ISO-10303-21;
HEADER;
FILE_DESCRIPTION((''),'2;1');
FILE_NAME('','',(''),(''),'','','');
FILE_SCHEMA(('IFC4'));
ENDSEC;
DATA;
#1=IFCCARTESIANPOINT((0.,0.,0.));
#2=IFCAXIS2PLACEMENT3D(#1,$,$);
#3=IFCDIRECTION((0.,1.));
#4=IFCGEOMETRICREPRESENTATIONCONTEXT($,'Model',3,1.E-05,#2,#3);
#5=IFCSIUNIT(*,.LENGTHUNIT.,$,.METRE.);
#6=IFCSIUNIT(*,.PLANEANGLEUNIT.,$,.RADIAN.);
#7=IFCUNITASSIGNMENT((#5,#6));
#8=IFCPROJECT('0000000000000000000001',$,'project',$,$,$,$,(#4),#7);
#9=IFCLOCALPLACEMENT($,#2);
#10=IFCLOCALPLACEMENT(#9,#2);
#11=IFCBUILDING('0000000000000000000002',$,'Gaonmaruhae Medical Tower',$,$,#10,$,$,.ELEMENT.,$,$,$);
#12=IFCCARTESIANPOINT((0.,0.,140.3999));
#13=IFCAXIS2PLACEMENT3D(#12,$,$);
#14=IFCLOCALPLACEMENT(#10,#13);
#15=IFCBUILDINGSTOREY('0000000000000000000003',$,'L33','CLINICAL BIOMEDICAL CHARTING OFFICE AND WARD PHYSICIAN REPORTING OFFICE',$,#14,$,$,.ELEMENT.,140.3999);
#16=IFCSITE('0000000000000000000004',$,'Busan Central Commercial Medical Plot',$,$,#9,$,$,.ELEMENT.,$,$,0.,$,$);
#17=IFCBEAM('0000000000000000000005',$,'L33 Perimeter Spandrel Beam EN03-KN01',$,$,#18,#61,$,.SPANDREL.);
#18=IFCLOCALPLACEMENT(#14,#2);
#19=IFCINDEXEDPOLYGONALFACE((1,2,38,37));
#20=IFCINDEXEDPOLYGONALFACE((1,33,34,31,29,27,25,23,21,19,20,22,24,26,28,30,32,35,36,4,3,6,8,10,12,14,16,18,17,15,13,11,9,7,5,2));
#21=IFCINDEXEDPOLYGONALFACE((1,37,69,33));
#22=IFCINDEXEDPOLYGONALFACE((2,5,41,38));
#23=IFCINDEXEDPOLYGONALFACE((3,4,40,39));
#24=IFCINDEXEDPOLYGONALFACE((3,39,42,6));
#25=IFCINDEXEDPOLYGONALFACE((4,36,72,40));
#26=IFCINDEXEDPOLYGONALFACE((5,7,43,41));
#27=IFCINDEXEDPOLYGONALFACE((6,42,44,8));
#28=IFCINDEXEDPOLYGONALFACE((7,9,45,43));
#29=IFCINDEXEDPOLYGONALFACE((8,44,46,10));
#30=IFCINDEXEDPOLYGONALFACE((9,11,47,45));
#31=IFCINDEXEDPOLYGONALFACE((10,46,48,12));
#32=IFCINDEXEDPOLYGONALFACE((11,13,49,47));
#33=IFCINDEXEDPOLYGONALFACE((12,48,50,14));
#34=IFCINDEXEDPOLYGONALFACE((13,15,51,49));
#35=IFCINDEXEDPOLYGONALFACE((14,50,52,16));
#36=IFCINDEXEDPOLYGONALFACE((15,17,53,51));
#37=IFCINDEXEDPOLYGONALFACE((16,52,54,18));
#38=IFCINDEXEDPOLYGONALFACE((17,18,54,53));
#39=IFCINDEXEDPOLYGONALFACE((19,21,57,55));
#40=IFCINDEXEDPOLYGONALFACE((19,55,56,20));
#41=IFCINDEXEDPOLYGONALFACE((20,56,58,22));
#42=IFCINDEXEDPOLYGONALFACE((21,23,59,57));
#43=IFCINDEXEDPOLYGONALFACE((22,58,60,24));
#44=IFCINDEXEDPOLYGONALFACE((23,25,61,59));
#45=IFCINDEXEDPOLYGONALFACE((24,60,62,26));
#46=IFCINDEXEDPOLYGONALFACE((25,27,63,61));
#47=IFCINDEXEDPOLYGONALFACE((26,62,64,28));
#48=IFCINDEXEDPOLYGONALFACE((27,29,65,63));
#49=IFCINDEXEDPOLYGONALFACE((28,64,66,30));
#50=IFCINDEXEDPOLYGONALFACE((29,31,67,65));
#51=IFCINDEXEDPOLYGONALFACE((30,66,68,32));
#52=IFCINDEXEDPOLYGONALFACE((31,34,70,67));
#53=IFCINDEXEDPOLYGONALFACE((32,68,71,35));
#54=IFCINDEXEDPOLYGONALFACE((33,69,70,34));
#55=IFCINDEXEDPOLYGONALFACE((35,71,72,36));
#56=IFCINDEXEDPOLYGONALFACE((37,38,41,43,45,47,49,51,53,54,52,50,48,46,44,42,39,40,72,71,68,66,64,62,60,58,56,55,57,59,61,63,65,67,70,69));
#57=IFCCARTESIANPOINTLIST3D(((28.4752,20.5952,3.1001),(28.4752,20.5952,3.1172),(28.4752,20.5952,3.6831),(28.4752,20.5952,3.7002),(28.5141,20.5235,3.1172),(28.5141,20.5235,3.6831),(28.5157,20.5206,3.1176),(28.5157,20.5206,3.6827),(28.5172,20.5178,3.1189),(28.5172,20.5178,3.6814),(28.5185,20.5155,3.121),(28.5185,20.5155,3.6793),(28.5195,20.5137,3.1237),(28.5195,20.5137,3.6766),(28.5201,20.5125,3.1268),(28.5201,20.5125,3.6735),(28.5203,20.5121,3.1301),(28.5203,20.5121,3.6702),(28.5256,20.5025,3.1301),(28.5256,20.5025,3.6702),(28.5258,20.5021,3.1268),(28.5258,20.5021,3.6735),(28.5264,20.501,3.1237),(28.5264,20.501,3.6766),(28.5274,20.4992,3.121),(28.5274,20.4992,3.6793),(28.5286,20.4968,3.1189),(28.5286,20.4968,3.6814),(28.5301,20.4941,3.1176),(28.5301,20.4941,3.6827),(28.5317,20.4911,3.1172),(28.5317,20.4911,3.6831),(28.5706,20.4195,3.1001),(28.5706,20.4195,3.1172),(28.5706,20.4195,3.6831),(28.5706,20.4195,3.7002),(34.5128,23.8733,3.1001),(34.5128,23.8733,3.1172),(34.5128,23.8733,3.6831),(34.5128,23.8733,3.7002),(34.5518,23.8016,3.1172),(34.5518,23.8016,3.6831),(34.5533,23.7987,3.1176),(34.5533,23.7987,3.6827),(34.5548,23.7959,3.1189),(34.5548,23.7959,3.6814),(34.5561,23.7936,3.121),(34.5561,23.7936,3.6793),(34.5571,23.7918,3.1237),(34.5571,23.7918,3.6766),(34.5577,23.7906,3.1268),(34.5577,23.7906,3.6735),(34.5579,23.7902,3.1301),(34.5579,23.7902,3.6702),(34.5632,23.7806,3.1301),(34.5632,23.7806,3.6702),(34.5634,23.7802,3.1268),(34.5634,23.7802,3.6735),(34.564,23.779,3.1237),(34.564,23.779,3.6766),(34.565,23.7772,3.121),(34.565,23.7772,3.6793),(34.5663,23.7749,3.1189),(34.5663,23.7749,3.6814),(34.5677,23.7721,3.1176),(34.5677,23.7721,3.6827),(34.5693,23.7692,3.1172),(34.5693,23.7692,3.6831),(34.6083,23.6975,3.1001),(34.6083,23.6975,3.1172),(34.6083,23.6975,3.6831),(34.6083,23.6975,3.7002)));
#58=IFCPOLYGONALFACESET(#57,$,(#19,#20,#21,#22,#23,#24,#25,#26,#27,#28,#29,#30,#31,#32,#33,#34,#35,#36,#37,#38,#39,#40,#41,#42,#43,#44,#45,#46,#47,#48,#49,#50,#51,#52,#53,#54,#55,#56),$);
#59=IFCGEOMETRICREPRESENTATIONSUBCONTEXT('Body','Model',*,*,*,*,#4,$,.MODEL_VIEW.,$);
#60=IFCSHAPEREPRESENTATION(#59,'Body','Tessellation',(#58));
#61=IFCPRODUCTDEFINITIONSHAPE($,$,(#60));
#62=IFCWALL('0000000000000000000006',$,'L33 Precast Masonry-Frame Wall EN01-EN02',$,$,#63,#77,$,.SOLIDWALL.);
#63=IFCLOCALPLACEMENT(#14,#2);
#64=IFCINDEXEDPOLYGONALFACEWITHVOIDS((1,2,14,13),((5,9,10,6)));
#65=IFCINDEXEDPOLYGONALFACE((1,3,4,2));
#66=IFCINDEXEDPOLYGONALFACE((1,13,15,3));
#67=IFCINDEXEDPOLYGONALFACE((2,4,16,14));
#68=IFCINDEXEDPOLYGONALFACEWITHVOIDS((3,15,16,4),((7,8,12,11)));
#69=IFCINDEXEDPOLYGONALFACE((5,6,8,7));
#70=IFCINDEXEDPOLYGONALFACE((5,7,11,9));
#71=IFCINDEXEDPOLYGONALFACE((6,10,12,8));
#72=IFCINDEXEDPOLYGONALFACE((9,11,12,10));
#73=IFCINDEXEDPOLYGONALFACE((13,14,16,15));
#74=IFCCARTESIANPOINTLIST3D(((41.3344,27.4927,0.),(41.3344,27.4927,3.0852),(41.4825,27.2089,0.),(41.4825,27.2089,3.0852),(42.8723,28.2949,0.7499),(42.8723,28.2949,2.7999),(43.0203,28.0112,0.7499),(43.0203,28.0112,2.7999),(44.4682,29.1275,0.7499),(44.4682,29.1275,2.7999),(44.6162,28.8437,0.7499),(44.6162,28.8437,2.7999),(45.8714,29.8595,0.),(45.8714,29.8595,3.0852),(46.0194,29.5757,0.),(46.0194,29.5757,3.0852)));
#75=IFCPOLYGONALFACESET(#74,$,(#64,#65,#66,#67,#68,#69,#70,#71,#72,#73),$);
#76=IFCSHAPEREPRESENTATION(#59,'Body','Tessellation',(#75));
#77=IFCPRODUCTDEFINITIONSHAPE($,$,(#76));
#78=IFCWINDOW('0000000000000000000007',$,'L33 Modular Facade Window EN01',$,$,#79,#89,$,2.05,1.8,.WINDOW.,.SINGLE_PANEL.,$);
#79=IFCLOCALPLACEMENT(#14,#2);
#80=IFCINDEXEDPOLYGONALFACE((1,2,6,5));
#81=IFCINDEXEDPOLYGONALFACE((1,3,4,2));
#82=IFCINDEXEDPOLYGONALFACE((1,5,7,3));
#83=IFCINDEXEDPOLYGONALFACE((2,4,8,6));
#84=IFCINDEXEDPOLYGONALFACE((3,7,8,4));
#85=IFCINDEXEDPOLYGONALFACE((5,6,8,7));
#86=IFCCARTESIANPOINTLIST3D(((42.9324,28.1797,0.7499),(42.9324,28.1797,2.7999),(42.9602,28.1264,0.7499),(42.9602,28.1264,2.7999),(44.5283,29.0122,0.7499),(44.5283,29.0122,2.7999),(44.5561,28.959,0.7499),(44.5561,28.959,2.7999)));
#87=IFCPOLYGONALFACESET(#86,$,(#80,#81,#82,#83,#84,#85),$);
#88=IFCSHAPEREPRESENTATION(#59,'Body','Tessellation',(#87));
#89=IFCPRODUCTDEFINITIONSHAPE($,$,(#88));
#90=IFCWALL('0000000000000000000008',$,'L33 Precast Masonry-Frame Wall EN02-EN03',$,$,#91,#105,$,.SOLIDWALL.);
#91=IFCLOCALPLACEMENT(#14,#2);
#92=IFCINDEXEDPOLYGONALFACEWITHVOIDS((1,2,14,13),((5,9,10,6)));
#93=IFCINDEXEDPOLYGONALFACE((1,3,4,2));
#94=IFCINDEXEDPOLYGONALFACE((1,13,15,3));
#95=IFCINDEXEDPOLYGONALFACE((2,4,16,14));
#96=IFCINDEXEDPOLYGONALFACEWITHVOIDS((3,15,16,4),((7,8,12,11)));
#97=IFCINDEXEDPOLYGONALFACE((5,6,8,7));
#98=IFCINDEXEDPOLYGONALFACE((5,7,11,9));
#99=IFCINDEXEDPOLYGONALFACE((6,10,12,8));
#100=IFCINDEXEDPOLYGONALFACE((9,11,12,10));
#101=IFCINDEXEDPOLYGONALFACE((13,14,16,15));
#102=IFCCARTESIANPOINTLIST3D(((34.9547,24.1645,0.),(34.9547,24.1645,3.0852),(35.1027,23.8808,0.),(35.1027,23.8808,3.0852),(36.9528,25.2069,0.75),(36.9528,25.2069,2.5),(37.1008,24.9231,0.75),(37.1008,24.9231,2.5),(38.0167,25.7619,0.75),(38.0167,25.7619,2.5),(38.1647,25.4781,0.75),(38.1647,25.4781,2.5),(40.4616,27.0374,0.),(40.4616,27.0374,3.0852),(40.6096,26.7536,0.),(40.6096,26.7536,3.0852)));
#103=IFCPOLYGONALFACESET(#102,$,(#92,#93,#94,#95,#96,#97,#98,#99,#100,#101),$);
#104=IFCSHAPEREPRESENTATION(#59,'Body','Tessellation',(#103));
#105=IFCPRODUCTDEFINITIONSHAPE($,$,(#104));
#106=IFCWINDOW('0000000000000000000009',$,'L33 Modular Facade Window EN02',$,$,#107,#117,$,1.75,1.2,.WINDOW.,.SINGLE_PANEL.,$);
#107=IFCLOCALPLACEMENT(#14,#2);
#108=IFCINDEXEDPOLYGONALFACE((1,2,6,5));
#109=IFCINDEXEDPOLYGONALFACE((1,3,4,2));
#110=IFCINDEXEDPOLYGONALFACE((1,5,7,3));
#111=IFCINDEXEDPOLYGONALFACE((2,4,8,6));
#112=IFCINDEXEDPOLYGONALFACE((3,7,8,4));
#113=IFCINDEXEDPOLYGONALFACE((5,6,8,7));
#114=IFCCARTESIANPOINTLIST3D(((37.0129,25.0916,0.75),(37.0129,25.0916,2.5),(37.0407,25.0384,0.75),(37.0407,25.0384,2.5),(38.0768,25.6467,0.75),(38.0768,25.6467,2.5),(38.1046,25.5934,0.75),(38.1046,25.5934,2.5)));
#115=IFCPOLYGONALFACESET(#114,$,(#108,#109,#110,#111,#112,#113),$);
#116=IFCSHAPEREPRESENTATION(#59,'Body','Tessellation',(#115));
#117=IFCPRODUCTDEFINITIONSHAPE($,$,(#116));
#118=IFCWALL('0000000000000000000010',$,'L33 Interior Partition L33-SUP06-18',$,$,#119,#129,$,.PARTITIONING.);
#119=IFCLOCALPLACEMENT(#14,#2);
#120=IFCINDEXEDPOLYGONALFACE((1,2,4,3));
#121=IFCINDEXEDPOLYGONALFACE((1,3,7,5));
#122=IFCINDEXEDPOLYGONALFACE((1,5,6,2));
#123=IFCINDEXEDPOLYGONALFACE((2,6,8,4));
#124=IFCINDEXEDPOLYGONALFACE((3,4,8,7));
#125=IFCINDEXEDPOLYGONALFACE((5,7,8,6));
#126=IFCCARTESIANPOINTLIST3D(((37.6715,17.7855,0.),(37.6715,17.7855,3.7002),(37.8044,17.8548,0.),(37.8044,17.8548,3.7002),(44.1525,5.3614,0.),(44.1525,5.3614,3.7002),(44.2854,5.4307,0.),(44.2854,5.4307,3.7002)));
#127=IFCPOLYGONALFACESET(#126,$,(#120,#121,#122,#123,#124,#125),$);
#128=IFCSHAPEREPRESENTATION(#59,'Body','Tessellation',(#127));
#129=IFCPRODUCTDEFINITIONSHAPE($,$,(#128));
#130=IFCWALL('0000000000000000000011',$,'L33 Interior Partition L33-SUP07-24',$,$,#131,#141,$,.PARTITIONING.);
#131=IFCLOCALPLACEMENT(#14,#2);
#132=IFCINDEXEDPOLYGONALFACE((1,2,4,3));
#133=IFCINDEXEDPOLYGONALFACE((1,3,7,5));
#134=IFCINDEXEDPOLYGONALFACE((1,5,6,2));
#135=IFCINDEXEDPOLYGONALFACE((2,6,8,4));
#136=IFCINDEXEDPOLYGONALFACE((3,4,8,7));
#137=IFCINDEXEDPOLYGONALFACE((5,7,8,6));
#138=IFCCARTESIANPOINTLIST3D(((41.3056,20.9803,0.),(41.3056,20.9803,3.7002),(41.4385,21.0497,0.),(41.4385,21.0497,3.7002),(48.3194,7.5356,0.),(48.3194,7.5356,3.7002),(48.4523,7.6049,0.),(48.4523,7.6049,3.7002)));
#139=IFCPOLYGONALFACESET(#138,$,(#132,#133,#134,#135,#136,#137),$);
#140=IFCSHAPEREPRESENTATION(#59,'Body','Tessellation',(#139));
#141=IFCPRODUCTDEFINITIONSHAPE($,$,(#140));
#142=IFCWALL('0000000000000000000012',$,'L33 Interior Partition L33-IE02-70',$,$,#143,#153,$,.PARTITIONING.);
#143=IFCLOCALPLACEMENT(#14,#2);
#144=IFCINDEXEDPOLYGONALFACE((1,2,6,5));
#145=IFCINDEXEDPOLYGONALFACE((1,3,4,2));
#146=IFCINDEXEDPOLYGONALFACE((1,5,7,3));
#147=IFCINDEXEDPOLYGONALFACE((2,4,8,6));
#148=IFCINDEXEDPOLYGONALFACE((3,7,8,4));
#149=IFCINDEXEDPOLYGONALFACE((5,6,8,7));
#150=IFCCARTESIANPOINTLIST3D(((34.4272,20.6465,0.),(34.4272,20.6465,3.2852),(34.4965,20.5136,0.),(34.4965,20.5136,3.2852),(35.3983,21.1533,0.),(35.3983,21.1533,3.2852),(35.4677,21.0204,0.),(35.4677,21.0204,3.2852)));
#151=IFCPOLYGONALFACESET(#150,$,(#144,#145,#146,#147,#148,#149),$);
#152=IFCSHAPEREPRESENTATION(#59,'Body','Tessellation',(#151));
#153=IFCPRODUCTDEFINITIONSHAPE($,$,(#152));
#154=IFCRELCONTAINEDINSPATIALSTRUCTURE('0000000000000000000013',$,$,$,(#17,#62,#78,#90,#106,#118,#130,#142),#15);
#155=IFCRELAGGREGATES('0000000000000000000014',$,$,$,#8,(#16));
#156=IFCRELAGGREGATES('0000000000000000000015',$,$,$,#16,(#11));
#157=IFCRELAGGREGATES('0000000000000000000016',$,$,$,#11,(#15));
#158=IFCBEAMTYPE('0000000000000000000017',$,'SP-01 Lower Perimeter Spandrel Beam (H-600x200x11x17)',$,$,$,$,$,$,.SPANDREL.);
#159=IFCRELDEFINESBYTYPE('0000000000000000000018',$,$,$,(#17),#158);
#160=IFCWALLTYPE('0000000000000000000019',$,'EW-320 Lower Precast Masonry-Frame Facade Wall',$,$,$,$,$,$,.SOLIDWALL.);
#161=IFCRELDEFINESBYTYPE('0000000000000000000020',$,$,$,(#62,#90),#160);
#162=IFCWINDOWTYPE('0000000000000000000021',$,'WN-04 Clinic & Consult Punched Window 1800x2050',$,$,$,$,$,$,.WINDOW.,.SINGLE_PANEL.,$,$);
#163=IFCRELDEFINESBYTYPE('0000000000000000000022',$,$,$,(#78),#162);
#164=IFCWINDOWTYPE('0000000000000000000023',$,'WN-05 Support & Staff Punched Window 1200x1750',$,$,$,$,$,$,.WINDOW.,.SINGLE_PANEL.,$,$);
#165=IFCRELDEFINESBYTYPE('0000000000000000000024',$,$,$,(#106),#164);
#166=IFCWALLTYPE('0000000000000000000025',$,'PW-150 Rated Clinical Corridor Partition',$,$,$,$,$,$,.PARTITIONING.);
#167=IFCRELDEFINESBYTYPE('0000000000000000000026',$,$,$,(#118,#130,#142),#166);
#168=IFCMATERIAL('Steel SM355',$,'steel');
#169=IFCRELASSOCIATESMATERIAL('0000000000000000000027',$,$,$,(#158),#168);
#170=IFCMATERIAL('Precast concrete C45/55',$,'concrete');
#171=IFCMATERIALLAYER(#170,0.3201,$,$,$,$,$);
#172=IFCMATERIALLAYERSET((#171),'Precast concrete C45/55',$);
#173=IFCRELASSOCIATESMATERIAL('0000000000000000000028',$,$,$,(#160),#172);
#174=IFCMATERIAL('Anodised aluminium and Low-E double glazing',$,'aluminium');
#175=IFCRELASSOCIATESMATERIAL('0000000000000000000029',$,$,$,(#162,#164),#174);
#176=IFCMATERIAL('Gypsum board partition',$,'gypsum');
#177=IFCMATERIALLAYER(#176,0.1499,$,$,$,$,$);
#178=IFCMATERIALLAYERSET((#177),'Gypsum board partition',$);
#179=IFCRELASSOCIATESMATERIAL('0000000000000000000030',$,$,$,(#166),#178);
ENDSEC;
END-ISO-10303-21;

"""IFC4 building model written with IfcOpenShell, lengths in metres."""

from ifc_helpers import new_model, si_unit, direction, frame, frame_2d, origin, origin_2d, place, context, subcontext, project, spatial, rectangle, i_section, extrude, material, layer, layer_set, material_profile, profile_set, type_object, element, fill, save


model = new_model("IFC4")

# Units and contexts
model_context = context("Model", 3, precision=1e-05, world=origin(), true_north=direction((0.0, 1.0)))
body_context = subcontext(model_context, "Body", "Model", "MODEL_VIEW")
ifc_project = project(units=[si_unit("LENGTHUNIT", "METRE"), si_unit("PLANEANGLEUNIT", "RADIAN")], contexts=[model_context])

# Site, building, storey
site_placement = place(None, origin())
site = spatial("IfcSite", under=ifc_project, at=site_placement, Name="Busan Central Commercial Medical Plot", CompositionType="ELEMENT", RefElevation=0.0)
building_placement = place(site_placement, origin())
building = spatial("IfcBuilding", under=site, at=building_placement, Name="Gaonmaruhae Medical Tower", CompositionType="ELEMENT")
storey_placement = place(building_placement, frame((0.0, 0.0, 140.3999)))
storey = spatial("IfcBuildingStorey", under=building, at=storey_placement, Name="L33", Description="CLINICAL BIOMEDICAL CHARTING OFFICE AND WARD PHYSICIAN REPORTING OFFICE", CompositionType="ELEMENT", Elevation=140.3999)

# Beam
ifc_material_1 = material(Name="Steel SM355", Category="steel")
ifc_material_profile_1 = material_profile(ifc_material_1, i_section(OverallWidth=0.2, OverallDepth=0.6001, WebThickness=0.011, FlangeThickness=0.0171, FilletRadius=0.0129, at=origin_2d()), Name="H-600x200x11x17")
ifc_profile_set_1 = profile_set([ifc_material_profile_1], Name="Steel SM355")
beam_type_1 = type_object("IfcBeamType", Name="SP-01 Lower Perimeter Spandrel Beam (H-600x200x11x17)", PredefinedType="SPANDREL", material=ifc_profile_set_1)
beam_1_placement = place(storey_placement, frame((34.5605, 23.7854, 3.4001), z_axis=(-0.878822, -0.477151, 0.0), x_axis=(0.477151, -0.878822, 0.0)))
element("IfcBeam", 1, at=beam_1_placement, inside=storey, type_object=beam_type_1, Name="L33 Perimeter Spandrel Beam EN03-KN01", PredefinedType="SPANDREL", context=body_context, shape_type="SweptSolid", body=[
    extrude(i_section(OverallWidth=0.2, OverallDepth=0.6001, WebThickness=0.011, FlangeThickness=0.0171, FilletRadius=0.0129, at=origin_2d()), origin(), (0.0, 0.0, 1.0), 6.8701),
])

# Walls, openings, windows
ifc_material_2 = material(Name="Precast concrete C45/55", Category="concrete")
ifc_layer_1 = layer(ifc_material_2, 0.3201)
ifc_layer_set_1 = layer_set([ifc_layer_1], Name="Precast concrete C45/55")
wall_type_1 = type_object("IfcWallType", Name="EW-320 Lower Precast Masonry-Frame Facade Wall", PredefinedType="SOLIDWALL", material=ifc_layer_set_1)
wall_1_placement = place(storey_placement, frame((41.4084, 27.3508, 0.0), z_axis=(0.0, 0.0, 1.0), x_axis=(0.886614, 0.462511, 0.0)))
wall_1 = element("IfcWall", 2, at=wall_1_placement, inside=storey, type_object=wall_type_1, Name="L33 Precast Masonry-Frame Wall EN01-EN02", PredefinedType="SOLIDWALL", context=body_context, shape_type="SweptSolid", body=[
    extrude(rectangle(XDim=5.1172, YDim=0.3201, at=frame_2d((2.5586, 0.0))), origin(), (0.0, 0.0, 1.0), 3.0852),
])
opening_1_placement = place(wall_1_placement, frame((1.7346, 0.0, 0.75)))
opening_1 = element("IfcOpeningElement", 3, at=opening_1_placement, cuts=wall_1, PredefinedType="OPENING", context=body_context, shape_type="SweptSolid", body=[
    extrude(rectangle(XDim=1.8, YDim=2.05, at=frame_2d((0.8999, 1.0249))), frame((0.0, 0.1699, 0.0), z_axis=(0.0, -1.0, 0.0), x_axis=(1.0, 0.0, 0.0)), (0.0, 0.0, 1.0), 0.3401),
])
ifc_material_3 = material(Name="Anodised aluminium and Low-E double glazing", Category="aluminium")
window_type_1 = type_object("IfcWindowType", Name="WN-04 Clinic & Consult Punched Window 1800x2050", PartitioningType="SINGLE_PANEL", PredefinedType="WINDOW", material=ifc_material_3)
window_1_placement = place(opening_1_placement, origin())
window_1 = element("IfcWindow", 4, at=window_1_placement, inside=storey, type_object=window_type_1, Name="L33 Modular Facade Window EN01", OverallHeight=2.05, OverallWidth=1.8, PartitioningType="SINGLE_PANEL", PredefinedType="WINDOW", context=body_context, shape_type="SweptSolid", body=[
    extrude(rectangle(XDim=1.8, YDim=2.05, at=frame_2d((0.8999, 1.0249))), frame((0.0, 0.03, 0.0), z_axis=(0.0, -1.0, 0.0), x_axis=(1.0, 0.0, 0.0)), (0.0, 0.0, 1.0), 0.0601),
])
fill(opening_1, window_1)
wall_2_placement = place(storey_placement, frame((35.0288, 24.0227, 0.0), z_axis=(0.0, 0.0, 1.0), x_axis=(0.886607, 0.462524, 0.0)))
wall_2 = element("IfcWall", 5, at=wall_2_placement, inside=storey, type_object=wall_type_1, Name="L33 Precast Masonry-Frame Wall EN02-EN03", PredefinedType="SOLIDWALL", context=body_context, shape_type="SweptSolid", body=[
    extrude(rectangle(XDim=6.2112, YDim=0.3201, at=frame_2d((3.1055, 0.0))), origin(), (0.0, 0.0, 1.0), 3.0852),
])
opening_2_placement = place(wall_2_placement, frame((2.2534, 0.0, 0.75)))
opening_2 = element("IfcOpeningElement", 6, at=opening_2_placement, cuts=wall_2, PredefinedType="OPENING", context=body_context, shape_type="SweptSolid", body=[
    extrude(rectangle(XDim=1.2, YDim=1.75, at=frame_2d((0.6001, 0.875))), frame((0.0, 0.1699, 0.0), z_axis=(0.0, -1.0, 0.0), x_axis=(1.0, 0.0, 0.0)), (0.0, 0.0, 1.0), 0.3401),
])
window_type_2 = type_object("IfcWindowType", Name="WN-05 Support & Staff Punched Window 1200x1750", PartitioningType="SINGLE_PANEL", PredefinedType="WINDOW", material=ifc_material_3)
window_2_placement = place(opening_2_placement, origin())
window_2 = element("IfcWindow", 7, at=window_2_placement, inside=storey, type_object=window_type_2, Name="L33 Modular Facade Window EN02", OverallHeight=1.75, OverallWidth=1.2, PartitioningType="SINGLE_PANEL", PredefinedType="WINDOW", context=body_context, shape_type="SweptSolid", body=[
    extrude(rectangle(XDim=1.2, YDim=1.75, at=frame_2d((0.6001, 0.875))), frame((0.0, 0.03, 0.0), z_axis=(0.0, -1.0, 0.0), x_axis=(1.0, 0.0, 0.0)), (0.0, 0.0, 1.0), 0.0601),
])
fill(opening_2, window_2)

# Wall
ifc_material_4 = material(Name="Gypsum board partition", Category="gypsum")
ifc_layer_2 = layer(ifc_material_4, 0.1499)
ifc_layer_set_2 = layer_set([ifc_layer_2], Name="Gypsum board partition")
wall_type_2 = type_object("IfcWallType", Name="PW-150 Rated Clinical Corridor Partition", PredefinedType="PARTITIONING", material=ifc_layer_set_2)
wall_3_placement = place(storey_placement, frame((37.738, 17.8201, 0.0), z_axis=(0.0, 0.0, 1.0), x_axis=(0.462501, -0.886619, 0.0)))
element("IfcWall", 8, at=wall_3_placement, inside=storey, type_object=wall_type_2, Name="L33 Interior Partition L33-SUP06-18", PredefinedType="PARTITIONING", context=body_context, shape_type="SweptSolid", body=[
    extrude(rectangle(XDim=14.0129, YDim=0.1499, at=frame_2d((7.0063, 0.0))), origin(), (0.0, 0.0, 1.0), 3.7002),
])

# Wall
wall_4_placement = place(storey_placement, frame((41.3721, 21.0149, 0.0), z_axis=(0.0, 0.0, 1.0), x_axis=(0.462526, -0.886606, 0.0)))
element("IfcWall", 9, at=wall_4_placement, inside=storey, type_object=wall_type_2, Name="L33 Interior Partition L33-SUP07-24", PredefinedType="PARTITIONING", context=body_context, shape_type="SweptSolid", body=[
    extrude(rectangle(XDim=15.1643, YDim=0.1499, at=frame_2d((7.582, 0.0))), origin(), (0.0, 0.0, 1.0), 3.7002),
])

# Wall
wall_5_placement = place(storey_placement, frame((35.4331, 21.0869, 0.0), z_axis=(0.0, 0.0, 1.0), x_axis=(-0.886537, -0.462657, 0.0)))
element("IfcWall", 10, at=wall_5_placement, inside=storey, type_object=wall_type_2, Name="L33 Interior Partition L33-IE02-70", PredefinedType="PARTITIONING", context=body_context, shape_type="SweptSolid", body=[
    extrude(rectangle(XDim=1.0955, YDim=0.1499, at=frame_2d((0.5479, 0.0))), origin(), (0.0, 0.0, 1.0), 3.2852),
])

save(model, "model.ifc")
